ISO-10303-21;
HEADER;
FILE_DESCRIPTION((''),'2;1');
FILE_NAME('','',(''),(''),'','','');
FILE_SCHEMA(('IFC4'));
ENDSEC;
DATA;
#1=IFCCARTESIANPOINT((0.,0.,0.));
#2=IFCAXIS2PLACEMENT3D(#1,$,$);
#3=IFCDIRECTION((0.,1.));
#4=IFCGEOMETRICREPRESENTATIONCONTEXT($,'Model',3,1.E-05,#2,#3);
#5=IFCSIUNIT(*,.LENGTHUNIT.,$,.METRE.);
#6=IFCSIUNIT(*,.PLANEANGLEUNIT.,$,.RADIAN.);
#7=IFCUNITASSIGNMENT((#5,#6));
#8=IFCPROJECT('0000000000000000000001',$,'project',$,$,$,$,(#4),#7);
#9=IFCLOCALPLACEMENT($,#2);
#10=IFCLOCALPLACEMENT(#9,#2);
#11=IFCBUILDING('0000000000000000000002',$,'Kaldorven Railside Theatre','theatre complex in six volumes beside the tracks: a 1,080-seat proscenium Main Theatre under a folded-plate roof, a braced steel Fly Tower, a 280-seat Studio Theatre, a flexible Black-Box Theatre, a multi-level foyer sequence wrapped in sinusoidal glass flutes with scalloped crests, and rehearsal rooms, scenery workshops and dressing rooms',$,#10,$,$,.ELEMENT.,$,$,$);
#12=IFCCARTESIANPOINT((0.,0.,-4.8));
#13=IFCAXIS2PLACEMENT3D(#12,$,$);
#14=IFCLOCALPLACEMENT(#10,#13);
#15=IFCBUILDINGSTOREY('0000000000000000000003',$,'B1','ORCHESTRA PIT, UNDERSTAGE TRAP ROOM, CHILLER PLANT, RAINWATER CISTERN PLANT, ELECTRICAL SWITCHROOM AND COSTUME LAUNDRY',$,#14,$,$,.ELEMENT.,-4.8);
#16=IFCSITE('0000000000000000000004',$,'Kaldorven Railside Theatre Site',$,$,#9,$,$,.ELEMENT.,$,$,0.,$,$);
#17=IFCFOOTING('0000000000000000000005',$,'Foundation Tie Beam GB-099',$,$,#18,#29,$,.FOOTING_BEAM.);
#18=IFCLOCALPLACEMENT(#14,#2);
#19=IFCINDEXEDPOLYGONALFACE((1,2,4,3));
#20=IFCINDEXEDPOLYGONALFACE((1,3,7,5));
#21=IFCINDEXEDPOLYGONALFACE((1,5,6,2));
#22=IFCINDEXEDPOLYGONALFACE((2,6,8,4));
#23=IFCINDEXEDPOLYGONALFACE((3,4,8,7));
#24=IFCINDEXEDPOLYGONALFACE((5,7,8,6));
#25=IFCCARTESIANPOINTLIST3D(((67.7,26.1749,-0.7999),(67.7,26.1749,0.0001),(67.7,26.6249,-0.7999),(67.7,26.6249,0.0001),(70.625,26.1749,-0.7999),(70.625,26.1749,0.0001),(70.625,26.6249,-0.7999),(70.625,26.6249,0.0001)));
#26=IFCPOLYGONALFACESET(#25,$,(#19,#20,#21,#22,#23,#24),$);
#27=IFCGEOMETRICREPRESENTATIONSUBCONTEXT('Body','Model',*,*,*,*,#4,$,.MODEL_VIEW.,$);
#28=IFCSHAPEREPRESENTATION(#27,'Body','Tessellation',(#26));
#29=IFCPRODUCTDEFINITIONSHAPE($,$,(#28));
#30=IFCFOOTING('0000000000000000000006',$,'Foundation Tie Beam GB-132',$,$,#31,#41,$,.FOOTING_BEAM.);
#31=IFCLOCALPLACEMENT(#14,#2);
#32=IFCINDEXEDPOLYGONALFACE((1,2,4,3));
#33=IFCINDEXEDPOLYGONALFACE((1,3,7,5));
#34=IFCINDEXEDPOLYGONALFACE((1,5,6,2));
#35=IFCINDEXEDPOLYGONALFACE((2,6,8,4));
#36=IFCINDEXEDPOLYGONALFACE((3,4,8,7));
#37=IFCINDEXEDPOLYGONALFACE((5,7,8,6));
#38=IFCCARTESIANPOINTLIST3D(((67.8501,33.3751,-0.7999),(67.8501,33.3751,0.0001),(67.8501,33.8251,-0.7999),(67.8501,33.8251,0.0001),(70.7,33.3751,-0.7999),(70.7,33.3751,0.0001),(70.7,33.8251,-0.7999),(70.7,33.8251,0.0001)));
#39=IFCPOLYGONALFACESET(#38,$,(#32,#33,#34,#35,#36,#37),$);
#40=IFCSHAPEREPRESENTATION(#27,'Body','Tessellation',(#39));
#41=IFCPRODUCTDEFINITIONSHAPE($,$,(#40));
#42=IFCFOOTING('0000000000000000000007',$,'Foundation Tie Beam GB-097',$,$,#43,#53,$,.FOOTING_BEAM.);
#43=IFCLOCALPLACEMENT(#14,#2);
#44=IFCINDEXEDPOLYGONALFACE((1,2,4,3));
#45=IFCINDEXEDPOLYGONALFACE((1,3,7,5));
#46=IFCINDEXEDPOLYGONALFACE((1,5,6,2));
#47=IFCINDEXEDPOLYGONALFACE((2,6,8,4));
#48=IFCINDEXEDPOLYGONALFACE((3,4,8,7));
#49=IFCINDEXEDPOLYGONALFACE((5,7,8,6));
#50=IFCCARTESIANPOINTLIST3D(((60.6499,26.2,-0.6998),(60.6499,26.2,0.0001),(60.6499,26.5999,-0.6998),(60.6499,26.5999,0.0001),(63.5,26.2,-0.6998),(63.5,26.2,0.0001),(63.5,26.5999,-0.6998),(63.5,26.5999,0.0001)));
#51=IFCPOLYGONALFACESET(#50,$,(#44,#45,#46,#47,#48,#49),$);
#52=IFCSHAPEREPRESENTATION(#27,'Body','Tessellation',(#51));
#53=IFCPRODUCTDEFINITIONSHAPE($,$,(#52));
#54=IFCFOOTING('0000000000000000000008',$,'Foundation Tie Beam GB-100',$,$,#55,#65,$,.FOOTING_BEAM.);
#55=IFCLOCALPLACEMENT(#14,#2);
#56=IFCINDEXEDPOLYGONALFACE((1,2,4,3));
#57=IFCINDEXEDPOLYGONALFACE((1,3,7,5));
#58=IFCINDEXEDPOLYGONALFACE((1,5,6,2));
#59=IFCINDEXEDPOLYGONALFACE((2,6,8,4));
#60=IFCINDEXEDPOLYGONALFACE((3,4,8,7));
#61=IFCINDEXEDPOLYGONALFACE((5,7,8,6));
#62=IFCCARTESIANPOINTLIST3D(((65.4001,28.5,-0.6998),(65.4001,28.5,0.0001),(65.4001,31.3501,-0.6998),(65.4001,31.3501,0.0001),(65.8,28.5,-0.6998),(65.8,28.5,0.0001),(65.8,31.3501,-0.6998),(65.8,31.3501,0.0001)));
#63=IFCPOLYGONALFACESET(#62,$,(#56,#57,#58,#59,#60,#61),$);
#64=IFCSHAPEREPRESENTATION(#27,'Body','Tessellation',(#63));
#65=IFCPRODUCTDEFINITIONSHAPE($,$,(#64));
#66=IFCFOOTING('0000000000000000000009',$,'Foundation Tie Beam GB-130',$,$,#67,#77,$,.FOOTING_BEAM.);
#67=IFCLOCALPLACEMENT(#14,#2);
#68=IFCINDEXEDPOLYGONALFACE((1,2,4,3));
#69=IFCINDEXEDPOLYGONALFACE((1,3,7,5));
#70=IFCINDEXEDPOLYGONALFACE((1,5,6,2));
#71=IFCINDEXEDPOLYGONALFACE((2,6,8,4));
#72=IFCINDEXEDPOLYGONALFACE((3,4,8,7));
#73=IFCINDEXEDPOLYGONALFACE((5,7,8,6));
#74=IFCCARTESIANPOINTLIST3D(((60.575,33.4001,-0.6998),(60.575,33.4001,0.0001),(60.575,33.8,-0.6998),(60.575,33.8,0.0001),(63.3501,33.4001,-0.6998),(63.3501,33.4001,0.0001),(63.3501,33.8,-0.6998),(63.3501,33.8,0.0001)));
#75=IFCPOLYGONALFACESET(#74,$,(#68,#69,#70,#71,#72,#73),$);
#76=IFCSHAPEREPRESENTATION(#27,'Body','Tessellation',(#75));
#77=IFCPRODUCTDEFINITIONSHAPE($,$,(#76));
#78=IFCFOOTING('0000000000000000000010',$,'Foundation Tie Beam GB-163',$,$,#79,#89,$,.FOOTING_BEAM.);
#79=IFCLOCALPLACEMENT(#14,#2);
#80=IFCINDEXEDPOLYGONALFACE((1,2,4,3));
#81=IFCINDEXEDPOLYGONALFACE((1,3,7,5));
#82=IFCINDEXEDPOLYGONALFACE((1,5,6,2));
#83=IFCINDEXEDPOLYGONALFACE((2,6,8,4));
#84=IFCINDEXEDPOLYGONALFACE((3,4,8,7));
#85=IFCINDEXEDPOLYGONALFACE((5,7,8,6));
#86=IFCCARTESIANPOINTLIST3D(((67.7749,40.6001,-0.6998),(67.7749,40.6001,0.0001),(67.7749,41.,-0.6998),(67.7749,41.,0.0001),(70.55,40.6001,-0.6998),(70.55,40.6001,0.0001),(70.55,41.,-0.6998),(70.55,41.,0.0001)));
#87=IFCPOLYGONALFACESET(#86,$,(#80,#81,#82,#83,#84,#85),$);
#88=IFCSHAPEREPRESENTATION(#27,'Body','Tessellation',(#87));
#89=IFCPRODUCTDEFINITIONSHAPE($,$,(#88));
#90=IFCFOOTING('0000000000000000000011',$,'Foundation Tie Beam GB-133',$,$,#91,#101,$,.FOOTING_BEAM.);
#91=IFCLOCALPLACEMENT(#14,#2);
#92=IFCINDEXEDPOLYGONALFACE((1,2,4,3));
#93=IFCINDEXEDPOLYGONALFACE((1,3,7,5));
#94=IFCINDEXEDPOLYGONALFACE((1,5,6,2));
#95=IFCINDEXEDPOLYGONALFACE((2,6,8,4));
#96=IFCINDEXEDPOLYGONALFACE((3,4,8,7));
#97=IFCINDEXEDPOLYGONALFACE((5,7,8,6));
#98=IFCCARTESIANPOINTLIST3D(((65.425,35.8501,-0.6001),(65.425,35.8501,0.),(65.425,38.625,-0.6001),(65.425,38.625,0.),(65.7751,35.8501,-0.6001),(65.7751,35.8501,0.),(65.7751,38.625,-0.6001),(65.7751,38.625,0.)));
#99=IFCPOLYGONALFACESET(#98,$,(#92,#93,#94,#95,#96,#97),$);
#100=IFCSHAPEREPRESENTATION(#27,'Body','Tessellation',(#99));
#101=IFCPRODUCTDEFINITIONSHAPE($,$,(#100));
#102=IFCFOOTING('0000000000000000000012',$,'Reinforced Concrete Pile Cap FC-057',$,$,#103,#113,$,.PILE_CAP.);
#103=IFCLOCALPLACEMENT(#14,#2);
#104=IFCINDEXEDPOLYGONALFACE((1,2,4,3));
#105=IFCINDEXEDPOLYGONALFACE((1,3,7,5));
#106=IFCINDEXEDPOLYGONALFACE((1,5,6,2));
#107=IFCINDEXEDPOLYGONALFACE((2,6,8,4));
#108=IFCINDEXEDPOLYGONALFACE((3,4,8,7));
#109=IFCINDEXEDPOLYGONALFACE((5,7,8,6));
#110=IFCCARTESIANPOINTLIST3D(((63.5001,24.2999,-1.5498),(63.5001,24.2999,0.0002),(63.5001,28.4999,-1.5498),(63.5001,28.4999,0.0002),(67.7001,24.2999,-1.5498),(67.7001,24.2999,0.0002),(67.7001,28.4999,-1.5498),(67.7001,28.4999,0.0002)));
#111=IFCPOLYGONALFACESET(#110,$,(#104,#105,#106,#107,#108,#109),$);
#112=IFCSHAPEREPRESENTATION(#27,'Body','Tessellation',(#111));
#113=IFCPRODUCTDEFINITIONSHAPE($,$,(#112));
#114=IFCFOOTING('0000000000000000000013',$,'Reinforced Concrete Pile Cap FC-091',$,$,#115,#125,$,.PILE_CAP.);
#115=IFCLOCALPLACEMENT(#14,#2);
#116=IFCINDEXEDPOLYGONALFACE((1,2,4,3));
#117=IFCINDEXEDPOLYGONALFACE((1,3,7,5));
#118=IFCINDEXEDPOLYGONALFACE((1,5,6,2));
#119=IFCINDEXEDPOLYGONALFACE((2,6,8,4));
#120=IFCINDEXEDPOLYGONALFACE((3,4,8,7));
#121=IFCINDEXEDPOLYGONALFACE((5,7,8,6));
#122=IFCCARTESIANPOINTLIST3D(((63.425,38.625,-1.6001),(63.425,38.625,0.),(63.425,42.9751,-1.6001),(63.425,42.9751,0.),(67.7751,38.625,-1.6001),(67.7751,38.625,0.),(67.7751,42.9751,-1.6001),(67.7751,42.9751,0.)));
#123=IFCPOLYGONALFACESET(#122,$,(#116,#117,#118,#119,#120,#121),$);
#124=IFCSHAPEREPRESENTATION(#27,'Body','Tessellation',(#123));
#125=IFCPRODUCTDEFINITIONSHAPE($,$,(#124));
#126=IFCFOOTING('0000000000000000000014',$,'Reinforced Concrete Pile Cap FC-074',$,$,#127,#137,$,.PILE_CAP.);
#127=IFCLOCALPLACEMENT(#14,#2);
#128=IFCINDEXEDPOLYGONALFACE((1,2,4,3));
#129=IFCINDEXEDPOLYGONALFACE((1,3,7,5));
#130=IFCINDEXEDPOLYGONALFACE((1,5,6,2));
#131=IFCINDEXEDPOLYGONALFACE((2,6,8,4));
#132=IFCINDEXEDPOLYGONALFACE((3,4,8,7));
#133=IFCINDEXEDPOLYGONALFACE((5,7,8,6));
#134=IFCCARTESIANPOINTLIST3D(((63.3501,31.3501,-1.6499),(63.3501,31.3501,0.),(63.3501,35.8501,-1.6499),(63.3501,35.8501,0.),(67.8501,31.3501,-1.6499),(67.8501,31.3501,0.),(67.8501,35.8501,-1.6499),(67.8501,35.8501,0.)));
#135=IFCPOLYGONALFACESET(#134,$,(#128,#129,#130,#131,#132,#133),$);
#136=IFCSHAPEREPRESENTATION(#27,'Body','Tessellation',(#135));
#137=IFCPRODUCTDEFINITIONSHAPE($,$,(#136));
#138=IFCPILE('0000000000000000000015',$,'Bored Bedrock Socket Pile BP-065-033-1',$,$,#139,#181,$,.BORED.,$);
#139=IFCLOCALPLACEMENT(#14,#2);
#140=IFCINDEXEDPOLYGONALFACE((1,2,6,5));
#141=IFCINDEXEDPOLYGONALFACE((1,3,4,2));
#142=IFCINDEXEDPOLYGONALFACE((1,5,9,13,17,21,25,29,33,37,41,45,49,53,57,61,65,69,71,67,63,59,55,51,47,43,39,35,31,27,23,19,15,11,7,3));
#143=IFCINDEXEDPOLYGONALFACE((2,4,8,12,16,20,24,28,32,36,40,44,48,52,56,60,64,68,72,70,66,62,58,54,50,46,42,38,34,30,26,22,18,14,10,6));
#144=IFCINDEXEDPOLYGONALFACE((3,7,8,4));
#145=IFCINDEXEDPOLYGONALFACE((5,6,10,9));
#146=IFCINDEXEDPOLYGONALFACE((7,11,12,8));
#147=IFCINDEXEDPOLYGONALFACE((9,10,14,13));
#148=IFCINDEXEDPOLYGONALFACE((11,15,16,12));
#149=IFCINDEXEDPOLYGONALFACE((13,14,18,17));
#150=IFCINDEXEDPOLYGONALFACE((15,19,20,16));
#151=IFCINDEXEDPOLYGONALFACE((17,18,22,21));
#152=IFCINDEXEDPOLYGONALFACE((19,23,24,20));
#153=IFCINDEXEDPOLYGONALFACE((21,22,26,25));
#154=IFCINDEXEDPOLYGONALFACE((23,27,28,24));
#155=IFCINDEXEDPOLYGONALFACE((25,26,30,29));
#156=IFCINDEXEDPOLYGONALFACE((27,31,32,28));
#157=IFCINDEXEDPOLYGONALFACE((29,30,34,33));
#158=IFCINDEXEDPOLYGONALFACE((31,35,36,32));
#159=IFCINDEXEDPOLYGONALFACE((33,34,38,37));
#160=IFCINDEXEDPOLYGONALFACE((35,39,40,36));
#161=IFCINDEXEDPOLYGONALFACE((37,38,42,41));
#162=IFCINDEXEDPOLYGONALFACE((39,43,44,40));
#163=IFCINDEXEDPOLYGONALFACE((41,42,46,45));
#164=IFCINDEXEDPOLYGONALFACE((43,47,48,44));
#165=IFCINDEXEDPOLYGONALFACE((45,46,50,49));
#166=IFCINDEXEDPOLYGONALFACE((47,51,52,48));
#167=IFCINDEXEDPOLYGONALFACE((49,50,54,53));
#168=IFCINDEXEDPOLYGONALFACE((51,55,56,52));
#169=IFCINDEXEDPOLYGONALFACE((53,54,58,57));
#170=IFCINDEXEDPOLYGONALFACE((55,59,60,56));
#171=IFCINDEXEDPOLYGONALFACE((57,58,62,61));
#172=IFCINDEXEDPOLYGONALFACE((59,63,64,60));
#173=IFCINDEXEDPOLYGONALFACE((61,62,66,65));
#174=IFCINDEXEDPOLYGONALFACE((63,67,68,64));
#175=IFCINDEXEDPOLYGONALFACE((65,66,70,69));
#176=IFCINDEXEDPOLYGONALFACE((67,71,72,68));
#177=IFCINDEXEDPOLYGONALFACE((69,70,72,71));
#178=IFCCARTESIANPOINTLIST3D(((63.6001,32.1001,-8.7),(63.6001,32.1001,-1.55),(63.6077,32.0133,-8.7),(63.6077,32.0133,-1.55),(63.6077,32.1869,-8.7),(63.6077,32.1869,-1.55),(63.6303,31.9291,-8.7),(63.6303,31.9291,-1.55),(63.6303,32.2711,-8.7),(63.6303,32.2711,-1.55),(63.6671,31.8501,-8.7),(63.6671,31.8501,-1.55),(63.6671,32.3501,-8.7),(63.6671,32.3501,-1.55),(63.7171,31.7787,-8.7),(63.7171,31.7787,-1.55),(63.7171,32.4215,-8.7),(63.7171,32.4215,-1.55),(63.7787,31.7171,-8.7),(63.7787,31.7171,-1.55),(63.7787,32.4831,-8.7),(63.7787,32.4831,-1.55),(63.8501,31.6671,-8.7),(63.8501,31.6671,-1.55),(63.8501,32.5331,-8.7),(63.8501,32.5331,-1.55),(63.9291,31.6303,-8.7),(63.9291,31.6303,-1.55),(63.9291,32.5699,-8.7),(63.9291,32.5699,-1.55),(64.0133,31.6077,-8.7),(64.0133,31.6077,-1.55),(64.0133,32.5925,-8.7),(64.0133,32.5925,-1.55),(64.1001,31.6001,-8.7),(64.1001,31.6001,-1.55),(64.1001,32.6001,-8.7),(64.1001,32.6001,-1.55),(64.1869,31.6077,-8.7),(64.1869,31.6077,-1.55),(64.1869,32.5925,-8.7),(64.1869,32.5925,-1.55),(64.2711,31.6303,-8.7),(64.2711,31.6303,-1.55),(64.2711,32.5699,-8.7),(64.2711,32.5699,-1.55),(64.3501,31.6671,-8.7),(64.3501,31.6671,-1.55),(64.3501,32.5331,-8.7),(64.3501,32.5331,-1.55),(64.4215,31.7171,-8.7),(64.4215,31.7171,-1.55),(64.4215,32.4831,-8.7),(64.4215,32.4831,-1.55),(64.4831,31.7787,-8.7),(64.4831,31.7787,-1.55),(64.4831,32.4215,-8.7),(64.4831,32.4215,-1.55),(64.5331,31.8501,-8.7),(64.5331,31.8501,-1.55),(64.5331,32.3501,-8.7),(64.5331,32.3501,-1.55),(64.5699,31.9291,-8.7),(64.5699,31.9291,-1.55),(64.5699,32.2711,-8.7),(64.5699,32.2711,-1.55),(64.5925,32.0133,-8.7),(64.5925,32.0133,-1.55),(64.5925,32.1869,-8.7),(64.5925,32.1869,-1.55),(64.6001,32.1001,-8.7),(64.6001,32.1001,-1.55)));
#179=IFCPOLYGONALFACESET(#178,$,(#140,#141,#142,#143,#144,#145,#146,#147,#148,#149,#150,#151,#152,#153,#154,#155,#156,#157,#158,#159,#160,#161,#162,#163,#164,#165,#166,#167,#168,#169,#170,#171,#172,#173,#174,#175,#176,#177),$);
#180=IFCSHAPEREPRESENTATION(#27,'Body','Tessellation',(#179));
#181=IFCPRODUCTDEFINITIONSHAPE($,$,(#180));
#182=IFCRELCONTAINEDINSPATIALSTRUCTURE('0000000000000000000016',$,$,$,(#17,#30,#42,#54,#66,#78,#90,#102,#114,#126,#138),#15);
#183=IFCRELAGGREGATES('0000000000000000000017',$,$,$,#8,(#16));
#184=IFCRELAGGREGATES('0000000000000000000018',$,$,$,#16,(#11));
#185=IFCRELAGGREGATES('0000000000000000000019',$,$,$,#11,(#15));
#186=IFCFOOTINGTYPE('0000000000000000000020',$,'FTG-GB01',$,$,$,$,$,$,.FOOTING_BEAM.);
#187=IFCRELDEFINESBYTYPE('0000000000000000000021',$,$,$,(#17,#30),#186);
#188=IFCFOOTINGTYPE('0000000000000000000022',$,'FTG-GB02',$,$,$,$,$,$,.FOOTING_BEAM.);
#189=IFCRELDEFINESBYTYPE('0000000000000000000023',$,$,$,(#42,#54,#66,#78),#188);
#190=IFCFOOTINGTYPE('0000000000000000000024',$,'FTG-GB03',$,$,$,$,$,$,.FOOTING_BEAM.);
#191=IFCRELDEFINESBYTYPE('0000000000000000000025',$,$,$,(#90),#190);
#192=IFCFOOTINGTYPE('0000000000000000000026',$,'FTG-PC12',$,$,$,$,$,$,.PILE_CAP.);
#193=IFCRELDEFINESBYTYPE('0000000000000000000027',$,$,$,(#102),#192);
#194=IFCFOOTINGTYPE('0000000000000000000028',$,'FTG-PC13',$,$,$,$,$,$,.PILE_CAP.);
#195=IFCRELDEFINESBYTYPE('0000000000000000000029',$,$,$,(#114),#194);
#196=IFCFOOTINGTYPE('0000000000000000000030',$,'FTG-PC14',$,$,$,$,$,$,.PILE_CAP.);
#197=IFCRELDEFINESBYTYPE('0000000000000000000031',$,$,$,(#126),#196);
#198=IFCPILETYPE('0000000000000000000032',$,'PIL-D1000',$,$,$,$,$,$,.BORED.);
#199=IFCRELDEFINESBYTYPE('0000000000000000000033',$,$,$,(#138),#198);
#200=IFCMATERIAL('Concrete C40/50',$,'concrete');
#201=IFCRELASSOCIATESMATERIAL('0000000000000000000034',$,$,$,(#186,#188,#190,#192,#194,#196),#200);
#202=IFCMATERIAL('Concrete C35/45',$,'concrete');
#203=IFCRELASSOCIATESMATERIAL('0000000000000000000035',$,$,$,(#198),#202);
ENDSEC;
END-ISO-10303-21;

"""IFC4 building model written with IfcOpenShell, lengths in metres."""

from ifc_helpers import new_model, si_unit, direction, frame, origin, origin_2d, place, context, subcontext, project, spatial, rectangle, circle, extrude, material, material_profile, profile_set, type_object, element, save


model = new_model("IFC4")

# Units and contexts
model_context = context("Model", 3, precision=1e-05, world=origin(), true_north=direction((0.0, 1.0)))
body_context = subcontext(model_context, "Body", "Model", "MODEL_VIEW")
ifc_project = project(units=[si_unit("LENGTHUNIT", "METRE"), si_unit("PLANEANGLEUNIT", "RADIAN")], contexts=[model_context])

# Site, building, storey
site_placement = place(None, origin())
site = spatial("IfcSite", under=ifc_project, at=site_placement, Name="Kaldorven Railside Theatre Site", CompositionType="ELEMENT", RefElevation=0.0)
building_placement = place(site_placement, origin())
building = spatial("IfcBuilding", under=site, at=building_placement, Name="Kaldorven Railside Theatre", Description="theatre complex in six volumes beside the tracks: a 1,080-seat proscenium Main Theatre under a folded-plate roof, a braced steel Fly Tower, a 280-seat Studio Theatre, a flexible Black-Box Theatre, a multi-level foyer sequence wrapped in sinusoidal glass flutes with scalloped crests, and rehearsal rooms, scenery workshops and dressing rooms", CompositionType="ELEMENT")
storey_placement = place(building_placement, frame((0.0, 0.0, -4.8)))
storey = spatial("IfcBuildingStorey", under=building, at=storey_placement, Name="B1", Description="ORCHESTRA PIT, UNDERSTAGE TRAP ROOM, CHILLER PLANT, RAINWATER CISTERN PLANT, ELECTRICAL SWITCHROOM AND COSTUME LAUNDRY", CompositionType="ELEMENT", Elevation=-4.8)

# Footings
ifc_material_1 = material(Name="Concrete C40/50", Category="concrete")
ifc_material_profile_1 = material_profile(ifc_material_1, rectangle(XDim=0.45, YDim=0.8, at=origin_2d()), Name="RC 450x800")
ifc_profile_set_1 = profile_set([ifc_material_profile_1], Name="Concrete C40/50")
footing_type_1 = type_object("IfcFootingType", Name="FTG-GB01", PredefinedType="FOOTING_BEAM", material=ifc_profile_set_1)
footing_1_placement = place(storey_placement, frame((67.7, 26.3999, -0.3999), z_axis=(1.0, 0.0, 0.0), x_axis=(0.0, 1.0, 0.0)))
element("IfcFooting", 1, at=footing_1_placement, inside=storey, type_object=footing_type_1, Name="Foundation Tie Beam GB-099", PredefinedType="FOOTING_BEAM", context=body_context, shape_type="SweptSolid", body=[
    extrude(rectangle(XDim=0.45, YDim=0.8, at=origin_2d()), origin(), (0.0, 0.0, 1.0), 2.925),
])
footing_2_placement = place(storey_placement, frame((67.8501, 33.6001, -0.3999), z_axis=(1.0, 0.0, 0.0), x_axis=(0.0, 1.0, 0.0)))
element("IfcFooting", 2, at=footing_2_placement, inside=storey, type_object=footing_type_1, Name="Foundation Tie Beam GB-132", PredefinedType="FOOTING_BEAM", context=body_context, shape_type="SweptSolid", body=[
    extrude(rectangle(XDim=0.45, YDim=0.8, at=origin_2d()), origin(), (0.0, 0.0, 1.0), 2.8499),
])
ifc_material_profile_2 = material_profile(ifc_material_1, rectangle(XDim=0.3999, YDim=0.7, at=origin_2d()), Name="RC 400x700")
ifc_profile_set_2 = profile_set([ifc_material_profile_2], Name="Concrete C40/50")
footing_type_2 = type_object("IfcFootingType", Name="FTG-GB02", PredefinedType="FOOTING_BEAM", material=ifc_profile_set_2)
for number, where, z_axis, x_axis, name in (
    (3, (60.6499, 26.3999, -0.3499), (1.0, 0.0, 0.0), (0.0, 1.0, 0.0), "Foundation Tie Beam GB-097"),
    (4, (65.6001, 28.5, -0.3499), (0.0, 1.0, 0.0), (-1.0, 0.0, 0.0), "Foundation Tie Beam GB-100"),
):
    element("IfcFooting", number, at=place(storey_placement, frame(where, z_axis=z_axis, x_axis=x_axis)), inside=storey, type_object=footing_type_2, Name=name, PredefinedType="FOOTING_BEAM", context=body_context, shape_type="SweptSolid", body=[
        extrude(rectangle(XDim=0.3999, YDim=0.7, at=origin_2d()), origin(), (0.0, 0.0, 1.0), 2.8501),
    ])
for number, where, z_axis, x_axis, name in (
    (5, (60.575, 33.6001, -0.3499), (1.0, 0.0, 0.0), (0.0, 1.0, 0.0), "Foundation Tie Beam GB-130"),
    (6, (67.7749, 40.8, -0.3499), (1.0, 0.0, 0.0), (0.0, 1.0, 0.0), "Foundation Tie Beam GB-163"),
):
    element("IfcFooting", number, at=place(storey_placement, frame(where, z_axis=z_axis, x_axis=x_axis)), inside=storey, type_object=footing_type_2, Name=name, PredefinedType="FOOTING_BEAM", context=body_context, shape_type="SweptSolid", body=[
        extrude(rectangle(XDim=0.3999, YDim=0.7, at=origin_2d()), origin(), (0.0, 0.0, 1.0), 2.7751),
    ])
ifc_material_profile_3 = material_profile(ifc_material_1, rectangle(XDim=0.3501, YDim=0.6001, at=origin_2d()), Name="RC 350x600")
ifc_profile_set_3 = profile_set([ifc_material_profile_3], Name="Concrete C40/50")
footing_type_3 = type_object("IfcFootingType", Name="FTG-GB03", PredefinedType="FOOTING_BEAM", material=ifc_profile_set_3)
footing_3_placement = place(storey_placement, frame((65.6001, 35.8501, -0.3), z_axis=(0.0, 1.0, 0.0), x_axis=(-1.0, 0.0, 0.0)))
element("IfcFooting", 7, at=footing_3_placement, inside=storey, type_object=footing_type_3, Name="Foundation Tie Beam GB-133", PredefinedType="FOOTING_BEAM", context=body_context, shape_type="SweptSolid", body=[
    extrude(rectangle(XDim=0.3501, YDim=0.6001, at=origin_2d()), origin(), (0.0, 0.0, 1.0), 2.7749),
])
footing_type_4 = type_object("IfcFootingType", Name="FTG-PC12", PredefinedType="PILE_CAP", material=ifc_material_1)
footing_4_placement = place(storey_placement, frame((65.6001, 26.3999, -1.5498), z_axis=(0.0, 0.0, 1.0), x_axis=(1.0, 0.0, 0.0)))
element("IfcFooting", 8, at=footing_4_placement, inside=storey, type_object=footing_type_4, Name="Reinforced Concrete Pile Cap FC-057", PredefinedType="PILE_CAP", context=body_context, shape_type="SweptSolid", body=[
    extrude(rectangle(XDim=4.2, YDim=4.2, at=origin_2d()), origin(), (0.0, 0.0, 1.0), 1.55),
])
footing_type_5 = type_object("IfcFootingType", Name="FTG-PC13", PredefinedType="PILE_CAP", material=ifc_material_1)
footing_5_placement = place(storey_placement, frame((65.6001, 40.8, -1.6001), z_axis=(0.0, 0.0, 1.0), x_axis=(1.0, 0.0, 0.0)))
element("IfcFooting", 9, at=footing_5_placement, inside=storey, type_object=footing_type_5, Name="Reinforced Concrete Pile Cap FC-091", PredefinedType="PILE_CAP", context=body_context, shape_type="SweptSolid", body=[
    extrude(rectangle(XDim=4.3501, YDim=4.3501, at=origin_2d()), origin(), (0.0, 0.0, 1.0), 1.6001),
])
footing_type_6 = type_object("IfcFootingType", Name="FTG-PC14", PredefinedType="PILE_CAP", material=ifc_material_1)
footing_6_placement = place(storey_placement, frame((65.6001, 33.6001, -1.6499), z_axis=(0.0, 0.0, 1.0), x_axis=(1.0, 0.0, 0.0)))
element("IfcFooting", 10, at=footing_6_placement, inside=storey, type_object=footing_type_6, Name="Reinforced Concrete Pile Cap FC-074", PredefinedType="PILE_CAP", context=body_context, shape_type="SweptSolid", body=[
    extrude(rectangle(XDim=4.5, YDim=4.5, at=origin_2d()), origin(), (0.0, 0.0, 1.0), 1.6499),
])

# Pile
ifc_material_2 = material(Name="Concrete C35/45", Category="concrete")
ifc_material_profile_4 = material_profile(ifc_material_2, circle(Radius=0.5, at=origin_2d()), Name="BP D1000")
ifc_profile_set_4 = profile_set([ifc_material_profile_4], Name="Concrete C35/45")
pile_type_1 = type_object("IfcPileType", Name="PIL-D1000", PredefinedType="BORED", material=ifc_profile_set_4)
for number, where, z_axis, x_axis, name in (
    (11, (64.1001, 32.1001, -1.55), (0.0, 0.0, -1.0), (1.0, 0.0, 0.0), "Bored Bedrock Socket Pile BP-065-033-1"),
):
    element("IfcPile", number, at=place(storey_placement, frame(where, z_axis=z_axis, x_axis=x_axis)), inside=storey, type_object=pile_type_1, Name=name, PredefinedType="BORED", context=body_context, shape_type="SweptSolid", body=[
        extrude(circle(Radius=0.5, at=origin_2d()), origin(), (0.0, 0.0, 1.0), 7.1499),
    ])

save(model, "model.ifc")
